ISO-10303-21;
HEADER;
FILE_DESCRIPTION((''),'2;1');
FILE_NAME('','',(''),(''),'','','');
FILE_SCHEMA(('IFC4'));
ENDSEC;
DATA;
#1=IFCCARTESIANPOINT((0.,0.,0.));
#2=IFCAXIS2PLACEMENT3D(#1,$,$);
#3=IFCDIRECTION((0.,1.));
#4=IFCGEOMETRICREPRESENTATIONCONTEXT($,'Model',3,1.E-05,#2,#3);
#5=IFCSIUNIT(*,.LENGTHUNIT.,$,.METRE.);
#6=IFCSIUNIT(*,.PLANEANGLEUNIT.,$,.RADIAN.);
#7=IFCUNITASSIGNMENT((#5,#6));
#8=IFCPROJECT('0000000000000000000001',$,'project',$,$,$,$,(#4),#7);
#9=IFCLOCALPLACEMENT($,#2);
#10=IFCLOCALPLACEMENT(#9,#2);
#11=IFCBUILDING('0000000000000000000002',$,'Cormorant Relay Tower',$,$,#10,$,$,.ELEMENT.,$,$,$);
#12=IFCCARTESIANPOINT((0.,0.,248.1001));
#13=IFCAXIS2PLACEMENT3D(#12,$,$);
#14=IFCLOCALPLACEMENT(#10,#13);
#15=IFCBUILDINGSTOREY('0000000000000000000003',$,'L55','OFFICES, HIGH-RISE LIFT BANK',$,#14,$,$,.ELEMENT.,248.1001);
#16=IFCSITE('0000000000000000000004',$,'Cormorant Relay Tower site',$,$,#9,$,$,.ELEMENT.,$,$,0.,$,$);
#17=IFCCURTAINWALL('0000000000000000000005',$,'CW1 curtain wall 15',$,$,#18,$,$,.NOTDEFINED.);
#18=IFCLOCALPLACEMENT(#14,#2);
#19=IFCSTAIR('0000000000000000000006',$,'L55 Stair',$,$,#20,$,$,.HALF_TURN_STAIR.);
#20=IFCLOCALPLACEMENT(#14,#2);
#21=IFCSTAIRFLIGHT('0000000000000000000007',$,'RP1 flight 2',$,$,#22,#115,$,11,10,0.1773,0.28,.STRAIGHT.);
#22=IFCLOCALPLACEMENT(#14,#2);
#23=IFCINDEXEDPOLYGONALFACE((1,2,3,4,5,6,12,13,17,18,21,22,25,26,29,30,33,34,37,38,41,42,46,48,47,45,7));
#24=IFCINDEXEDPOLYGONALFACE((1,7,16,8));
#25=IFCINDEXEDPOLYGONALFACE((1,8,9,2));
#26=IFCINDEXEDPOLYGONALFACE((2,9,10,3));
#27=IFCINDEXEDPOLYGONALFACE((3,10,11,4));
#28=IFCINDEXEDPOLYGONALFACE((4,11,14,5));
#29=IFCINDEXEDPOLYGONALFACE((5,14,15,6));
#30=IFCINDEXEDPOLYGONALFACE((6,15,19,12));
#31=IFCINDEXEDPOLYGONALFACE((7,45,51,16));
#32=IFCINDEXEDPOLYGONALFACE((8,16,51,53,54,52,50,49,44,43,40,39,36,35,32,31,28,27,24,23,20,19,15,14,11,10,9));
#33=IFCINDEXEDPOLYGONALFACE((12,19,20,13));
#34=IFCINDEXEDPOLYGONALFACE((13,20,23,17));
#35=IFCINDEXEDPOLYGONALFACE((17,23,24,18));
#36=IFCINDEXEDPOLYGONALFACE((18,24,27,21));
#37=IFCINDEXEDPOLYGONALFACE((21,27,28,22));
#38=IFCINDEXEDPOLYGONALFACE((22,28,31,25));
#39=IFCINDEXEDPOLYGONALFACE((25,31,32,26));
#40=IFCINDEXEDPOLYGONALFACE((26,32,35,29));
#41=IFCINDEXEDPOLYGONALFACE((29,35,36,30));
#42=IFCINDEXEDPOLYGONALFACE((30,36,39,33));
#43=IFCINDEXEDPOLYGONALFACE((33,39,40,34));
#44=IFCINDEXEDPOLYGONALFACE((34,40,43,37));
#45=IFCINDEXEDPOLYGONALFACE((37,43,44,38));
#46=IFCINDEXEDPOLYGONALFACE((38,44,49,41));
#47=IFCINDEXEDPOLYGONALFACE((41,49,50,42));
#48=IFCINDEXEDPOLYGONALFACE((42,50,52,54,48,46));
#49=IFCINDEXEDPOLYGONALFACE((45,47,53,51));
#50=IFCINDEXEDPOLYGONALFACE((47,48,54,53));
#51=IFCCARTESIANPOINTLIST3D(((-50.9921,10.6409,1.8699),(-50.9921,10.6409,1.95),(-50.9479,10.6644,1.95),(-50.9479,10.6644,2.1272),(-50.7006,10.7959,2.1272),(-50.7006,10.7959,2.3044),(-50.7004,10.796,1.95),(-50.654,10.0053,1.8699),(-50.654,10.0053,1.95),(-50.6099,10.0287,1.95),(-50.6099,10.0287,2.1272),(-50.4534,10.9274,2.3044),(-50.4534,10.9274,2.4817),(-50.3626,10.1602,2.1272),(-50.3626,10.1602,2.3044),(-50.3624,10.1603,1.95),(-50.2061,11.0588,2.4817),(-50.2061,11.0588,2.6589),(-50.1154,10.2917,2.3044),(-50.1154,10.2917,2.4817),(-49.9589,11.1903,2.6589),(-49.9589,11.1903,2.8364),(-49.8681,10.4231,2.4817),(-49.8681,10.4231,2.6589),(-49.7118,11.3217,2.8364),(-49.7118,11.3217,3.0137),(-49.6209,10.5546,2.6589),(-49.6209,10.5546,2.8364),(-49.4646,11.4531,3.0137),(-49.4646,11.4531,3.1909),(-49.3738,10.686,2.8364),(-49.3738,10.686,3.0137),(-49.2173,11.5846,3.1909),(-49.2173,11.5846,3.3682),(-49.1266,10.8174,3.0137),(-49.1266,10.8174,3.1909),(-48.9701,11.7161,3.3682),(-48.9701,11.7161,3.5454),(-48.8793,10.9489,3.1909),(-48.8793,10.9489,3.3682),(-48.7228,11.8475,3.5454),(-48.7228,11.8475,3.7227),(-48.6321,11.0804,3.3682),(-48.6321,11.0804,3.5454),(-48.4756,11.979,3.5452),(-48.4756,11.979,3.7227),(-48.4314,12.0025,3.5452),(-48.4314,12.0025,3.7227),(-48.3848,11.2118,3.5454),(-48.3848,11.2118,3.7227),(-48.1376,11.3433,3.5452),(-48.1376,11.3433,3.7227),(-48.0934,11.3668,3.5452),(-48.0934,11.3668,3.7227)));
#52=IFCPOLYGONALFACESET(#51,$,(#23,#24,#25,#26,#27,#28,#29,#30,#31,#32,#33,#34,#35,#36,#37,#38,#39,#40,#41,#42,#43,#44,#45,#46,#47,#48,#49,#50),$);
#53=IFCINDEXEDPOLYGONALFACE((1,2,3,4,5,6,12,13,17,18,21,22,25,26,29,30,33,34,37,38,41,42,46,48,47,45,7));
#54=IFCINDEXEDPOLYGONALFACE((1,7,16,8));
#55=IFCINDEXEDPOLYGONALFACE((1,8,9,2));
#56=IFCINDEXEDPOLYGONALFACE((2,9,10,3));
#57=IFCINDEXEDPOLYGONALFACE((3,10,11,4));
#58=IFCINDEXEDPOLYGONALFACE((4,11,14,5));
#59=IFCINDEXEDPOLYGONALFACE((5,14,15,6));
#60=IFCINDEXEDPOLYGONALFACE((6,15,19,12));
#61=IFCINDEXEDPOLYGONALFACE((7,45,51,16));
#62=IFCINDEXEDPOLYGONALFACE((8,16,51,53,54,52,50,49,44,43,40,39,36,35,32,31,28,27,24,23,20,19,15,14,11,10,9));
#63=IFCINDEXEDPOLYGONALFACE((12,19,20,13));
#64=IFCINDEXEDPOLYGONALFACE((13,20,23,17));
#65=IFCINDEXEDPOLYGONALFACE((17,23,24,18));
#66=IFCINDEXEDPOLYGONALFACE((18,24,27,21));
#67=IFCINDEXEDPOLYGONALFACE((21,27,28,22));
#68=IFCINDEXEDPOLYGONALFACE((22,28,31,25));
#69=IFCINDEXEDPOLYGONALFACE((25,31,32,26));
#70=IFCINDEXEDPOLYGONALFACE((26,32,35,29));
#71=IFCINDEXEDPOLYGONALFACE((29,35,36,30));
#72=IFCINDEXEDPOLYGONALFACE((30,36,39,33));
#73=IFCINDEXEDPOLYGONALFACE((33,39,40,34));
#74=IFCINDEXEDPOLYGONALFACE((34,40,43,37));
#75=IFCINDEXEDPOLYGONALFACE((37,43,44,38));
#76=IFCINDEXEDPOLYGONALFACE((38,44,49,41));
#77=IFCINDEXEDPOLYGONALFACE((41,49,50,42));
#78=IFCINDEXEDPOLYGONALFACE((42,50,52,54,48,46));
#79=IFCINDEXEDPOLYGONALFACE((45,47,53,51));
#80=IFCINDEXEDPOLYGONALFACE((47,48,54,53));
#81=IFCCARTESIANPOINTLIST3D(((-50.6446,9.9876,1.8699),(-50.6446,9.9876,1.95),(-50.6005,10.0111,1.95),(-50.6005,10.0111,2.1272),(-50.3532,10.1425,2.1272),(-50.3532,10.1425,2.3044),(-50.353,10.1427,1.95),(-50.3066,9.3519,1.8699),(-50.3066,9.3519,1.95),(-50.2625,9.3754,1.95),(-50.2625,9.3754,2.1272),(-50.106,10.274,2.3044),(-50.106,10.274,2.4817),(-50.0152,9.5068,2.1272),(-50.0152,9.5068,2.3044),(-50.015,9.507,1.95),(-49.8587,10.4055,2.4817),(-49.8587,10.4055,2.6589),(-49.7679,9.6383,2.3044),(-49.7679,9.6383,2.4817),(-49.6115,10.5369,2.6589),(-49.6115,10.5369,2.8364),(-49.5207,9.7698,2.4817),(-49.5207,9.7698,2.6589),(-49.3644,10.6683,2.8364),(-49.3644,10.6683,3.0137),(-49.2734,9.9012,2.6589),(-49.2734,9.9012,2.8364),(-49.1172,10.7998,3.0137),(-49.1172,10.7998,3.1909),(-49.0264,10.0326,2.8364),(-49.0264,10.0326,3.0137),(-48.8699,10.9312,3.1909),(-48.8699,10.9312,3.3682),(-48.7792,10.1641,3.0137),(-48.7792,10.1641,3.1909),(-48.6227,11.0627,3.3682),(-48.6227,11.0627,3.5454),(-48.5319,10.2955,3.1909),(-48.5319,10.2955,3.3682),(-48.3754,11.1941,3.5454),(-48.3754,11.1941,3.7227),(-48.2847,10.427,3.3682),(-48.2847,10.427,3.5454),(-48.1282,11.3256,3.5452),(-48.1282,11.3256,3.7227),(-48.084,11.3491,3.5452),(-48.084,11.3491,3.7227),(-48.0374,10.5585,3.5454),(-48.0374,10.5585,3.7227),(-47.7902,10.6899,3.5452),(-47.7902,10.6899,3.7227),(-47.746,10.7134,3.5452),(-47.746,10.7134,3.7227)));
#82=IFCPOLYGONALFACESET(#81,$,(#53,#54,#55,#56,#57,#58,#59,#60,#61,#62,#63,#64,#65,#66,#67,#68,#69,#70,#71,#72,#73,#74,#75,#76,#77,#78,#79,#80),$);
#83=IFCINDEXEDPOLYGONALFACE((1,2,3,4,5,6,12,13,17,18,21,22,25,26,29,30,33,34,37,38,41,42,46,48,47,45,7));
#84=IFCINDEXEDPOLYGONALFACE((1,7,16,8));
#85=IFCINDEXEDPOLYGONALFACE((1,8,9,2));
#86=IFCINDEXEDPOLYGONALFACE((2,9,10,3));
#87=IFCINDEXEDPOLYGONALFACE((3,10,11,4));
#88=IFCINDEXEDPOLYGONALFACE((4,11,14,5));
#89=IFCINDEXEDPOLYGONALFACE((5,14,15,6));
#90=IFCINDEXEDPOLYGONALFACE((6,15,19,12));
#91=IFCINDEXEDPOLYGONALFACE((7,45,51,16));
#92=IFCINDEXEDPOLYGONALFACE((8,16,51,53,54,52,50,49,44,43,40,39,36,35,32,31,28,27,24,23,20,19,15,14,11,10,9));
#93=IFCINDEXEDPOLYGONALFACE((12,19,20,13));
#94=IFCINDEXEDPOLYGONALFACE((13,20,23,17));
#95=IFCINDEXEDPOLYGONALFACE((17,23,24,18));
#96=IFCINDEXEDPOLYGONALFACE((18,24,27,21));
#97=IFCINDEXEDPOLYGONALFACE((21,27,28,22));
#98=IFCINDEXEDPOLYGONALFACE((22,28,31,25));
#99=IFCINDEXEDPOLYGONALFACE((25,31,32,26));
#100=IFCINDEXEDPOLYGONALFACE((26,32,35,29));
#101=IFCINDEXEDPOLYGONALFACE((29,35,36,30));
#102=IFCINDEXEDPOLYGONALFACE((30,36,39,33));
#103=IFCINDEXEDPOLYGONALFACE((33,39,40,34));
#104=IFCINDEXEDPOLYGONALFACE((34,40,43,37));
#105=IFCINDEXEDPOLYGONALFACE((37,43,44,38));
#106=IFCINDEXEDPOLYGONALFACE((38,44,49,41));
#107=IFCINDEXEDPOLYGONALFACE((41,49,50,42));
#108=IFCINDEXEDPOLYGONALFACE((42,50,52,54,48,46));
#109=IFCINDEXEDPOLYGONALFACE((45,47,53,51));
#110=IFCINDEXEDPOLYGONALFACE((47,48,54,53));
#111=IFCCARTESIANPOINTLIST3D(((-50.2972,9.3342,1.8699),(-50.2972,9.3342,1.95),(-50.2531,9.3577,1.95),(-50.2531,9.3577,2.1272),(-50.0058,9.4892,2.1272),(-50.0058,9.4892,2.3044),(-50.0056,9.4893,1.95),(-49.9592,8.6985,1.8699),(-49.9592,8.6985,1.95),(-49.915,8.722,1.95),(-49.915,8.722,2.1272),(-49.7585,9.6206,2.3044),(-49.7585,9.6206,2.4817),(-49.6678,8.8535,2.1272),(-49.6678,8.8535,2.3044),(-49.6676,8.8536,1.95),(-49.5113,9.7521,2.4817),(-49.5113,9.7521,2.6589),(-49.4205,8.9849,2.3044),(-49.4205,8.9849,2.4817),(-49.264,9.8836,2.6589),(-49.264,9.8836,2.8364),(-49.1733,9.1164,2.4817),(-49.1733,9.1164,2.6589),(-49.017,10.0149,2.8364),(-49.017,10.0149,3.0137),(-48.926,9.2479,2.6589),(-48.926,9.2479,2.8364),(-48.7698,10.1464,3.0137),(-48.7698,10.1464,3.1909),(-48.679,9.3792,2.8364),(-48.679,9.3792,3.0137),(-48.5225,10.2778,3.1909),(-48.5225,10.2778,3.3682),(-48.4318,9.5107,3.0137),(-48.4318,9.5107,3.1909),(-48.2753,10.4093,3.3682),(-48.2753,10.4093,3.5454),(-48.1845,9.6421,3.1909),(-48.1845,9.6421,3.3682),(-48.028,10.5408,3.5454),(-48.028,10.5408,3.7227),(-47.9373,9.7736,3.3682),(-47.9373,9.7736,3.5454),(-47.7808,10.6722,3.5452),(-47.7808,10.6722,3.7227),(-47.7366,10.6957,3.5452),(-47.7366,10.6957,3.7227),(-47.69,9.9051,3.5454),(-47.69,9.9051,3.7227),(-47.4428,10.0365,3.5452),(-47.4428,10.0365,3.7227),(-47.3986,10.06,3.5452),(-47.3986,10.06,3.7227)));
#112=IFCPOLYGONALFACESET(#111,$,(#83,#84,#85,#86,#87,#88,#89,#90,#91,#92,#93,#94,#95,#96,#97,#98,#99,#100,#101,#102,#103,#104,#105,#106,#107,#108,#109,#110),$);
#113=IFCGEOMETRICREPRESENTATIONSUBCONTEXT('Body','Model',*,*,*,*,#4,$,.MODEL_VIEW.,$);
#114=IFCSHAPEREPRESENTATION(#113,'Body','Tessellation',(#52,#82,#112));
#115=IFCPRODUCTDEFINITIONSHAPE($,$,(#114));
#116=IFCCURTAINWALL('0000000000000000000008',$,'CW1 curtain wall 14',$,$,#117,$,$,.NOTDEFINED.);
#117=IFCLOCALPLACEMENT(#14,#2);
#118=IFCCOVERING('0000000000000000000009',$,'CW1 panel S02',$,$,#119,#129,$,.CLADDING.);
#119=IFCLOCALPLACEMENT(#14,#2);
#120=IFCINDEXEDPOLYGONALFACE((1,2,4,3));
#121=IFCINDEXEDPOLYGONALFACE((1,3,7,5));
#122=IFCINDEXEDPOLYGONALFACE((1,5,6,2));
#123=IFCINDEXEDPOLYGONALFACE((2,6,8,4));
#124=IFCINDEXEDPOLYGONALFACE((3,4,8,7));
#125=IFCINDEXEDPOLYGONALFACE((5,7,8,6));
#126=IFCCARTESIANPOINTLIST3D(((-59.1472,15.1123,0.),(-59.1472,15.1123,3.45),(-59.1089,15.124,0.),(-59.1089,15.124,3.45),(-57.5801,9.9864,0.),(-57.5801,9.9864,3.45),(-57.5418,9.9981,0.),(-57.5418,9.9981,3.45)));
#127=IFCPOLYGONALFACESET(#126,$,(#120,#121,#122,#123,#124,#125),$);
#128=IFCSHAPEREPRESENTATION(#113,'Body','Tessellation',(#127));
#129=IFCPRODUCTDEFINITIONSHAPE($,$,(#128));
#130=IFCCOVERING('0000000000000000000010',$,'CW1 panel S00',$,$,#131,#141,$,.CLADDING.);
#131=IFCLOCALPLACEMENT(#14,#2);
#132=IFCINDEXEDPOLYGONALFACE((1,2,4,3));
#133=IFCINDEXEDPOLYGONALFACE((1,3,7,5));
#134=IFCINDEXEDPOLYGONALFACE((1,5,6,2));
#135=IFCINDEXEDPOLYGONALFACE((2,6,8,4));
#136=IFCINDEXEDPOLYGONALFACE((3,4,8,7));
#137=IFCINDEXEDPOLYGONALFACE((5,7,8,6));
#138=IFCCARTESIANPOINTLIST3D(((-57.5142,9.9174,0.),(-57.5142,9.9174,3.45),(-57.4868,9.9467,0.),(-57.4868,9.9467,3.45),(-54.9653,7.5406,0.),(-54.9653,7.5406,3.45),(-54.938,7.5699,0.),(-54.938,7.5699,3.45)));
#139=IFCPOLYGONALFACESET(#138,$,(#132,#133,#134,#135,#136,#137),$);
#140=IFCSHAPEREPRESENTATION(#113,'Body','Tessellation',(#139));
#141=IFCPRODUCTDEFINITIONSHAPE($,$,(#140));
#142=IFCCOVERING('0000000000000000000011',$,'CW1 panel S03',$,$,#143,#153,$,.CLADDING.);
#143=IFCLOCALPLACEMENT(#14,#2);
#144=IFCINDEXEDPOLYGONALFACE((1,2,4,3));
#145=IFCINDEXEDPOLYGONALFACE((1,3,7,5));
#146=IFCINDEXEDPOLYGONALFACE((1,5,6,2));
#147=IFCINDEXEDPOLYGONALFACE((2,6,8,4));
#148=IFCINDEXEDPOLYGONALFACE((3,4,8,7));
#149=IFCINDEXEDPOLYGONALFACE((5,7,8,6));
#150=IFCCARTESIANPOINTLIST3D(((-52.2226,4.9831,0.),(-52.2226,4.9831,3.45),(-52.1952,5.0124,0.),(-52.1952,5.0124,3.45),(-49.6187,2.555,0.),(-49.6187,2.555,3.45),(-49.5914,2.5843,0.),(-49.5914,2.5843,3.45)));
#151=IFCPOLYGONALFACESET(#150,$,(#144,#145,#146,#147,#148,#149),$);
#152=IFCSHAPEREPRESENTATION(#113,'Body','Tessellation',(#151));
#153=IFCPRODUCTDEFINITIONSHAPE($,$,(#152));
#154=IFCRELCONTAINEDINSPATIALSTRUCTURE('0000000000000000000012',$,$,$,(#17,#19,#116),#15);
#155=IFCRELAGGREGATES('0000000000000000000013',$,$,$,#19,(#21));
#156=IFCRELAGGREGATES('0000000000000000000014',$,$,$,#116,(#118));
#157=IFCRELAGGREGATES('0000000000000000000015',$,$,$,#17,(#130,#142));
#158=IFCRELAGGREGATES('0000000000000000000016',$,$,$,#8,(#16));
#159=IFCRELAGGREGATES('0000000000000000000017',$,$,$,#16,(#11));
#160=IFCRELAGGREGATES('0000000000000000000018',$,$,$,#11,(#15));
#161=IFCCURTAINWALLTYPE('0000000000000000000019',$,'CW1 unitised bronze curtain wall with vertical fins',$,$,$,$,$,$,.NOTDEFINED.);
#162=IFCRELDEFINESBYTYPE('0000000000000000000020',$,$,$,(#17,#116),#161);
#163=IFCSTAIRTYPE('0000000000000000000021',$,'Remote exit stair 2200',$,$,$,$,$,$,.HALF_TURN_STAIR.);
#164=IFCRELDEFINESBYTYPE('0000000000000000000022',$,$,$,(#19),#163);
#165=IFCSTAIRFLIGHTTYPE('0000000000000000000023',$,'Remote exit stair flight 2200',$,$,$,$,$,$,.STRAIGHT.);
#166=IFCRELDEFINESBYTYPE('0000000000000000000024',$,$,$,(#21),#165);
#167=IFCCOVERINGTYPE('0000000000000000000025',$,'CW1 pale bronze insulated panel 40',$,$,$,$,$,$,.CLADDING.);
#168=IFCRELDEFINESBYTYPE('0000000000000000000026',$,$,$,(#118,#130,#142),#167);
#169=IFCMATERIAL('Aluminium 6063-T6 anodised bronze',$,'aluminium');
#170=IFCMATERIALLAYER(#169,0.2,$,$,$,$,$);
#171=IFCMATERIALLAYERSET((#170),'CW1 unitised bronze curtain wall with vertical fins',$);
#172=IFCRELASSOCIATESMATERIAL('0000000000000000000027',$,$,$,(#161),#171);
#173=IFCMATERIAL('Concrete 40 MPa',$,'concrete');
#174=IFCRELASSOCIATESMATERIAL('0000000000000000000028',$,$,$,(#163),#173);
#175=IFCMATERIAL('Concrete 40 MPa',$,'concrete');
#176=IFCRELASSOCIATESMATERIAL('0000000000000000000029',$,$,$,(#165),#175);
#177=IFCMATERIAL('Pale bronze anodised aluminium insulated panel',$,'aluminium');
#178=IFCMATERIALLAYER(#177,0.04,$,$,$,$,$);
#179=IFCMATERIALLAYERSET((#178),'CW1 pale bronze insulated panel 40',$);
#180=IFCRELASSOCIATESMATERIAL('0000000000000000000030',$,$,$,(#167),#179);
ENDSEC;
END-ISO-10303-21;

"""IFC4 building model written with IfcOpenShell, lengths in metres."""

from ifc_helpers import new_model, si_unit, direction, frame, origin, origin_2d, place, context, subcontext, project, spatial, polyline, rectangle, outline, extrude, material, layer, layer_set, type_object, element, aggregate, save


model = new_model("IFC4")

# Units and contexts
model_context = context("Model", 3, precision=1e-05, world=origin(), true_north=direction((0.0, 1.0)))
body_context = subcontext(model_context, "Body", "Model", "MODEL_VIEW")
ifc_project = project(units=[si_unit("LENGTHUNIT", "METRE"), si_unit("PLANEANGLEUNIT", "RADIAN")], contexts=[model_context])

# Site, building, storey
site_placement = place(None, origin())
site = spatial("IfcSite", under=ifc_project, at=site_placement, Name="Cormorant Relay Tower site", CompositionType="ELEMENT", RefElevation=0.0)
building_placement = place(site_placement, origin())
building = spatial("IfcBuilding", under=site, at=building_placement, Name="Cormorant Relay Tower", CompositionType="ELEMENT")
storey_placement = place(building_placement, frame((0.0, 0.0, 248.1001)))
storey = spatial("IfcBuildingStorey", under=building, at=storey_placement, Name="L55", Description="OFFICES, HIGH-RISE LIFT BANK", CompositionType="ELEMENT", Elevation=248.1001)

# Curtain wall
ifc_material_1 = material(Name="Aluminium 6063-T6 anodised bronze", Category="aluminium")
ifc_layer_1 = layer(ifc_material_1, 0.2)
ifc_layer_set_1 = layer_set([ifc_layer_1], Name="CW1 unitised bronze curtain wall with vertical fins")
curtain_wall_type = type_object("IfcCurtainWallType", Name="CW1 unitised bronze curtain wall with vertical fins", PredefinedType="NOTDEFINED", material=ifc_layer_set_1)
curtain_wall_1_placement = place(storey_placement, origin())
curtain_wall_1 = element("IfcCurtainWall", 1, at=curtain_wall_1_placement, inside=storey, type_object=curtain_wall_type, Name="CW1 curtain wall 15", PredefinedType="NOTDEFINED")

# Stair, stair flight
ifc_material_2 = material(Name="Concrete 40 MPa", Category="concrete")
stair_type = type_object("IfcStairType", Name="Remote exit stair 2200", PredefinedType="HALF_TURN_STAIR", material=ifc_material_2)
stair_placement = place(storey_placement, origin())
stair = element("IfcStair", 2, at=stair_placement, inside=storey, type_object=stair_type, Name="L55 Stair", PredefinedType="HALF_TURN_STAIR")
ifc_material_3 = material(Name="Concrete 40 MPa", Category="concrete")
stair_flight_type = type_object("IfcStairFlightType", Name="Remote exit stair flight 2200", PredefinedType="STRAIGHT", material=ifc_material_3)
stair_flight_1_placement = place(storey_placement, frame((-50.4314, 9.6931, 1.95), z_axis=(0.0, 0.0, 1.0), x_axis=(0.882948, 0.469472, 0.0)))
stair_flight_1 = element("IfcStairFlight", 3, at=stair_flight_1_placement, type_object=stair_flight_type, Name="RP1 flight 2", NumberOfRisers=11, NumberOfTreads=10, PredefinedType="STRAIGHT", RiserHeight=0.1773, TreadLength=0.28, context=body_context, shape_type="SweptSolid", body=[
    extrude(outline(polyline([(-0.05, -0.0801), (-0.05, 0.0), (0.0, 0.0), (0.0, 0.1772), (0.28, 0.1772), (0.28, 0.3545), (0.5601, 0.3545), (0.5601, 0.5317), (0.8401, 0.5317), (0.8401, 0.709), (1.1201, 0.709), (1.1201, 0.8865), (1.3999, 0.8865), (1.3999, 1.0637), (1.6799, 1.0637), (1.6799, 1.241), (1.96, 1.241), (1.96, 1.4182), (2.24, 1.4182), (2.24, 1.5955), (2.52, 1.5955), (2.52, 1.7727), (2.8, 1.7727), (2.8501, 1.7727), (2.8501, 1.5952), (2.8, 1.5952), (0.2803, 0.0), (-0.05, -0.0801)])), frame((0.0, 1.1001, 0.0), z_axis=(0.0, -1.0, 0.0), x_axis=(1.0, 0.0, 0.0)), (0.0, 0.0, 1.0), 0.72),
    extrude(outline(polyline([(-0.05, -0.0801), (-0.05, 0.0), (0.0, 0.0), (0.0, 0.1772), (0.28, 0.1772), (0.28, 0.3545), (0.5601, 0.3545), (0.5601, 0.5317), (0.8401, 0.5317), (0.8401, 0.709), (1.1201, 0.709), (1.1201, 0.8865), (1.3999, 0.8865), (1.3999, 1.0637), (1.6799, 1.0637), (1.6799, 1.241), (1.96, 1.241), (1.96, 1.4182), (2.24, 1.4182), (2.24, 1.5955), (2.52, 1.5955), (2.52, 1.7727), (2.8, 1.7727), (2.8501, 1.7727), (2.8501, 1.5952), (2.8, 1.5952), (0.2803, 0.0), (-0.05, -0.0801)])), frame((0.0, 0.3601, 0.0), z_axis=(0.0, -1.0, 0.0), x_axis=(1.0, 0.0, 0.0)), (0.0, 0.0, 1.0), 0.72),
    extrude(outline(polyline([(-0.05, -0.0801), (-0.05, 0.0), (0.0, 0.0), (0.0, 0.1772), (0.28, 0.1772), (0.28, 0.3545), (0.5601, 0.3545), (0.5601, 0.5317), (0.8401, 0.5317), (0.8401, 0.709), (1.1201, 0.709), (1.1201, 0.8865), (1.3999, 0.8865), (1.3999, 1.0637), (1.6799, 1.0637), (1.6799, 1.241), (1.96, 1.241), (1.96, 1.4182), (2.24, 1.4182), (2.24, 1.5955), (2.52, 1.5955), (2.52, 1.7727), (2.8, 1.7727), (2.8501, 1.7727), (2.8501, 1.5952), (2.8, 1.5952), (0.2803, 0.0), (-0.05, -0.0801)])), frame((0.0, -0.3799, 0.0), z_axis=(0.0, -1.0, 0.0), x_axis=(1.0, 0.0, 0.0)), (0.0, 0.0, 1.0), 0.72),
])
aggregate(stair, [stair_flight_1])

# Curtain wall, covering
curtain_wall_2_placement = place(storey_placement, origin())
curtain_wall_2 = element("IfcCurtainWall", 4, at=curtain_wall_2_placement, inside=storey, type_object=curtain_wall_type, Name="CW1 curtain wall 14", PredefinedType="NOTDEFINED")
ifc_material_4 = material(Name="Pale bronze anodised aluminium insulated panel", Category="aluminium")
ifc_layer_2 = layer(ifc_material_4, 0.04)
ifc_layer_set_2 = layer_set([ifc_layer_2], Name="CW1 pale bronze insulated panel 40")
covering_type = type_object("IfcCoveringType", Name="CW1 pale bronze insulated panel 40", PredefinedType="CLADDING", material=ifc_layer_set_2)
covering_1_placement = place(storey_placement, frame((-58.3445, 12.5552, 0.0), z_axis=(0.0, 0.0, 1.0), x_axis=(0.292372, -0.956305, 0.0)))
covering_1 = element("IfcCovering", 5, at=covering_1_placement, type_object=covering_type, Name="CW1 panel S02", PredefinedType="CLADDING", context=body_context, shape_type="SweptSolid", body=[
    extrude(rectangle(XDim=5.3601, YDim=0.04, at=origin_2d()), origin(), (0.0, 0.0, 1.0), 3.45),
])
aggregate(curtain_wall_2, [covering_1])

# Coverings
covering_2_placement = place(storey_placement, frame((-56.2261, 8.7437, 0.0), z_axis=(0.0, 0.0, 1.0), x_axis=(0.731354, -0.681998, 0.0)))
covering_2 = element("IfcCovering", 6, at=covering_2_placement, type_object=covering_type, Name="CW1 panel S00", PredefinedType="CLADDING", context=body_context, shape_type="SweptSolid", body=[
    extrude(rectangle(XDim=3.4851, YDim=0.04, at=origin_2d()), origin(), (0.0, 0.0, 1.0), 3.45),
])
covering_3_placement = place(storey_placement, frame((-50.907, 3.7837, 0.0), z_axis=(0.0, 0.0, 1.0), x_axis=(0.731354, -0.681998, 0.0)))
covering_3 = element("IfcCovering", 7, at=covering_3_placement, type_object=covering_type, Name="CW1 panel S03", PredefinedType="CLADDING", context=body_context, shape_type="SweptSolid", body=[
    extrude(rectangle(XDim=3.5603, YDim=0.04, at=origin_2d()), origin(), (0.0, 0.0, 1.0), 3.45),
])
aggregate(curtain_wall_1, [covering_2, covering_3])

save(model, "model.ifc")
